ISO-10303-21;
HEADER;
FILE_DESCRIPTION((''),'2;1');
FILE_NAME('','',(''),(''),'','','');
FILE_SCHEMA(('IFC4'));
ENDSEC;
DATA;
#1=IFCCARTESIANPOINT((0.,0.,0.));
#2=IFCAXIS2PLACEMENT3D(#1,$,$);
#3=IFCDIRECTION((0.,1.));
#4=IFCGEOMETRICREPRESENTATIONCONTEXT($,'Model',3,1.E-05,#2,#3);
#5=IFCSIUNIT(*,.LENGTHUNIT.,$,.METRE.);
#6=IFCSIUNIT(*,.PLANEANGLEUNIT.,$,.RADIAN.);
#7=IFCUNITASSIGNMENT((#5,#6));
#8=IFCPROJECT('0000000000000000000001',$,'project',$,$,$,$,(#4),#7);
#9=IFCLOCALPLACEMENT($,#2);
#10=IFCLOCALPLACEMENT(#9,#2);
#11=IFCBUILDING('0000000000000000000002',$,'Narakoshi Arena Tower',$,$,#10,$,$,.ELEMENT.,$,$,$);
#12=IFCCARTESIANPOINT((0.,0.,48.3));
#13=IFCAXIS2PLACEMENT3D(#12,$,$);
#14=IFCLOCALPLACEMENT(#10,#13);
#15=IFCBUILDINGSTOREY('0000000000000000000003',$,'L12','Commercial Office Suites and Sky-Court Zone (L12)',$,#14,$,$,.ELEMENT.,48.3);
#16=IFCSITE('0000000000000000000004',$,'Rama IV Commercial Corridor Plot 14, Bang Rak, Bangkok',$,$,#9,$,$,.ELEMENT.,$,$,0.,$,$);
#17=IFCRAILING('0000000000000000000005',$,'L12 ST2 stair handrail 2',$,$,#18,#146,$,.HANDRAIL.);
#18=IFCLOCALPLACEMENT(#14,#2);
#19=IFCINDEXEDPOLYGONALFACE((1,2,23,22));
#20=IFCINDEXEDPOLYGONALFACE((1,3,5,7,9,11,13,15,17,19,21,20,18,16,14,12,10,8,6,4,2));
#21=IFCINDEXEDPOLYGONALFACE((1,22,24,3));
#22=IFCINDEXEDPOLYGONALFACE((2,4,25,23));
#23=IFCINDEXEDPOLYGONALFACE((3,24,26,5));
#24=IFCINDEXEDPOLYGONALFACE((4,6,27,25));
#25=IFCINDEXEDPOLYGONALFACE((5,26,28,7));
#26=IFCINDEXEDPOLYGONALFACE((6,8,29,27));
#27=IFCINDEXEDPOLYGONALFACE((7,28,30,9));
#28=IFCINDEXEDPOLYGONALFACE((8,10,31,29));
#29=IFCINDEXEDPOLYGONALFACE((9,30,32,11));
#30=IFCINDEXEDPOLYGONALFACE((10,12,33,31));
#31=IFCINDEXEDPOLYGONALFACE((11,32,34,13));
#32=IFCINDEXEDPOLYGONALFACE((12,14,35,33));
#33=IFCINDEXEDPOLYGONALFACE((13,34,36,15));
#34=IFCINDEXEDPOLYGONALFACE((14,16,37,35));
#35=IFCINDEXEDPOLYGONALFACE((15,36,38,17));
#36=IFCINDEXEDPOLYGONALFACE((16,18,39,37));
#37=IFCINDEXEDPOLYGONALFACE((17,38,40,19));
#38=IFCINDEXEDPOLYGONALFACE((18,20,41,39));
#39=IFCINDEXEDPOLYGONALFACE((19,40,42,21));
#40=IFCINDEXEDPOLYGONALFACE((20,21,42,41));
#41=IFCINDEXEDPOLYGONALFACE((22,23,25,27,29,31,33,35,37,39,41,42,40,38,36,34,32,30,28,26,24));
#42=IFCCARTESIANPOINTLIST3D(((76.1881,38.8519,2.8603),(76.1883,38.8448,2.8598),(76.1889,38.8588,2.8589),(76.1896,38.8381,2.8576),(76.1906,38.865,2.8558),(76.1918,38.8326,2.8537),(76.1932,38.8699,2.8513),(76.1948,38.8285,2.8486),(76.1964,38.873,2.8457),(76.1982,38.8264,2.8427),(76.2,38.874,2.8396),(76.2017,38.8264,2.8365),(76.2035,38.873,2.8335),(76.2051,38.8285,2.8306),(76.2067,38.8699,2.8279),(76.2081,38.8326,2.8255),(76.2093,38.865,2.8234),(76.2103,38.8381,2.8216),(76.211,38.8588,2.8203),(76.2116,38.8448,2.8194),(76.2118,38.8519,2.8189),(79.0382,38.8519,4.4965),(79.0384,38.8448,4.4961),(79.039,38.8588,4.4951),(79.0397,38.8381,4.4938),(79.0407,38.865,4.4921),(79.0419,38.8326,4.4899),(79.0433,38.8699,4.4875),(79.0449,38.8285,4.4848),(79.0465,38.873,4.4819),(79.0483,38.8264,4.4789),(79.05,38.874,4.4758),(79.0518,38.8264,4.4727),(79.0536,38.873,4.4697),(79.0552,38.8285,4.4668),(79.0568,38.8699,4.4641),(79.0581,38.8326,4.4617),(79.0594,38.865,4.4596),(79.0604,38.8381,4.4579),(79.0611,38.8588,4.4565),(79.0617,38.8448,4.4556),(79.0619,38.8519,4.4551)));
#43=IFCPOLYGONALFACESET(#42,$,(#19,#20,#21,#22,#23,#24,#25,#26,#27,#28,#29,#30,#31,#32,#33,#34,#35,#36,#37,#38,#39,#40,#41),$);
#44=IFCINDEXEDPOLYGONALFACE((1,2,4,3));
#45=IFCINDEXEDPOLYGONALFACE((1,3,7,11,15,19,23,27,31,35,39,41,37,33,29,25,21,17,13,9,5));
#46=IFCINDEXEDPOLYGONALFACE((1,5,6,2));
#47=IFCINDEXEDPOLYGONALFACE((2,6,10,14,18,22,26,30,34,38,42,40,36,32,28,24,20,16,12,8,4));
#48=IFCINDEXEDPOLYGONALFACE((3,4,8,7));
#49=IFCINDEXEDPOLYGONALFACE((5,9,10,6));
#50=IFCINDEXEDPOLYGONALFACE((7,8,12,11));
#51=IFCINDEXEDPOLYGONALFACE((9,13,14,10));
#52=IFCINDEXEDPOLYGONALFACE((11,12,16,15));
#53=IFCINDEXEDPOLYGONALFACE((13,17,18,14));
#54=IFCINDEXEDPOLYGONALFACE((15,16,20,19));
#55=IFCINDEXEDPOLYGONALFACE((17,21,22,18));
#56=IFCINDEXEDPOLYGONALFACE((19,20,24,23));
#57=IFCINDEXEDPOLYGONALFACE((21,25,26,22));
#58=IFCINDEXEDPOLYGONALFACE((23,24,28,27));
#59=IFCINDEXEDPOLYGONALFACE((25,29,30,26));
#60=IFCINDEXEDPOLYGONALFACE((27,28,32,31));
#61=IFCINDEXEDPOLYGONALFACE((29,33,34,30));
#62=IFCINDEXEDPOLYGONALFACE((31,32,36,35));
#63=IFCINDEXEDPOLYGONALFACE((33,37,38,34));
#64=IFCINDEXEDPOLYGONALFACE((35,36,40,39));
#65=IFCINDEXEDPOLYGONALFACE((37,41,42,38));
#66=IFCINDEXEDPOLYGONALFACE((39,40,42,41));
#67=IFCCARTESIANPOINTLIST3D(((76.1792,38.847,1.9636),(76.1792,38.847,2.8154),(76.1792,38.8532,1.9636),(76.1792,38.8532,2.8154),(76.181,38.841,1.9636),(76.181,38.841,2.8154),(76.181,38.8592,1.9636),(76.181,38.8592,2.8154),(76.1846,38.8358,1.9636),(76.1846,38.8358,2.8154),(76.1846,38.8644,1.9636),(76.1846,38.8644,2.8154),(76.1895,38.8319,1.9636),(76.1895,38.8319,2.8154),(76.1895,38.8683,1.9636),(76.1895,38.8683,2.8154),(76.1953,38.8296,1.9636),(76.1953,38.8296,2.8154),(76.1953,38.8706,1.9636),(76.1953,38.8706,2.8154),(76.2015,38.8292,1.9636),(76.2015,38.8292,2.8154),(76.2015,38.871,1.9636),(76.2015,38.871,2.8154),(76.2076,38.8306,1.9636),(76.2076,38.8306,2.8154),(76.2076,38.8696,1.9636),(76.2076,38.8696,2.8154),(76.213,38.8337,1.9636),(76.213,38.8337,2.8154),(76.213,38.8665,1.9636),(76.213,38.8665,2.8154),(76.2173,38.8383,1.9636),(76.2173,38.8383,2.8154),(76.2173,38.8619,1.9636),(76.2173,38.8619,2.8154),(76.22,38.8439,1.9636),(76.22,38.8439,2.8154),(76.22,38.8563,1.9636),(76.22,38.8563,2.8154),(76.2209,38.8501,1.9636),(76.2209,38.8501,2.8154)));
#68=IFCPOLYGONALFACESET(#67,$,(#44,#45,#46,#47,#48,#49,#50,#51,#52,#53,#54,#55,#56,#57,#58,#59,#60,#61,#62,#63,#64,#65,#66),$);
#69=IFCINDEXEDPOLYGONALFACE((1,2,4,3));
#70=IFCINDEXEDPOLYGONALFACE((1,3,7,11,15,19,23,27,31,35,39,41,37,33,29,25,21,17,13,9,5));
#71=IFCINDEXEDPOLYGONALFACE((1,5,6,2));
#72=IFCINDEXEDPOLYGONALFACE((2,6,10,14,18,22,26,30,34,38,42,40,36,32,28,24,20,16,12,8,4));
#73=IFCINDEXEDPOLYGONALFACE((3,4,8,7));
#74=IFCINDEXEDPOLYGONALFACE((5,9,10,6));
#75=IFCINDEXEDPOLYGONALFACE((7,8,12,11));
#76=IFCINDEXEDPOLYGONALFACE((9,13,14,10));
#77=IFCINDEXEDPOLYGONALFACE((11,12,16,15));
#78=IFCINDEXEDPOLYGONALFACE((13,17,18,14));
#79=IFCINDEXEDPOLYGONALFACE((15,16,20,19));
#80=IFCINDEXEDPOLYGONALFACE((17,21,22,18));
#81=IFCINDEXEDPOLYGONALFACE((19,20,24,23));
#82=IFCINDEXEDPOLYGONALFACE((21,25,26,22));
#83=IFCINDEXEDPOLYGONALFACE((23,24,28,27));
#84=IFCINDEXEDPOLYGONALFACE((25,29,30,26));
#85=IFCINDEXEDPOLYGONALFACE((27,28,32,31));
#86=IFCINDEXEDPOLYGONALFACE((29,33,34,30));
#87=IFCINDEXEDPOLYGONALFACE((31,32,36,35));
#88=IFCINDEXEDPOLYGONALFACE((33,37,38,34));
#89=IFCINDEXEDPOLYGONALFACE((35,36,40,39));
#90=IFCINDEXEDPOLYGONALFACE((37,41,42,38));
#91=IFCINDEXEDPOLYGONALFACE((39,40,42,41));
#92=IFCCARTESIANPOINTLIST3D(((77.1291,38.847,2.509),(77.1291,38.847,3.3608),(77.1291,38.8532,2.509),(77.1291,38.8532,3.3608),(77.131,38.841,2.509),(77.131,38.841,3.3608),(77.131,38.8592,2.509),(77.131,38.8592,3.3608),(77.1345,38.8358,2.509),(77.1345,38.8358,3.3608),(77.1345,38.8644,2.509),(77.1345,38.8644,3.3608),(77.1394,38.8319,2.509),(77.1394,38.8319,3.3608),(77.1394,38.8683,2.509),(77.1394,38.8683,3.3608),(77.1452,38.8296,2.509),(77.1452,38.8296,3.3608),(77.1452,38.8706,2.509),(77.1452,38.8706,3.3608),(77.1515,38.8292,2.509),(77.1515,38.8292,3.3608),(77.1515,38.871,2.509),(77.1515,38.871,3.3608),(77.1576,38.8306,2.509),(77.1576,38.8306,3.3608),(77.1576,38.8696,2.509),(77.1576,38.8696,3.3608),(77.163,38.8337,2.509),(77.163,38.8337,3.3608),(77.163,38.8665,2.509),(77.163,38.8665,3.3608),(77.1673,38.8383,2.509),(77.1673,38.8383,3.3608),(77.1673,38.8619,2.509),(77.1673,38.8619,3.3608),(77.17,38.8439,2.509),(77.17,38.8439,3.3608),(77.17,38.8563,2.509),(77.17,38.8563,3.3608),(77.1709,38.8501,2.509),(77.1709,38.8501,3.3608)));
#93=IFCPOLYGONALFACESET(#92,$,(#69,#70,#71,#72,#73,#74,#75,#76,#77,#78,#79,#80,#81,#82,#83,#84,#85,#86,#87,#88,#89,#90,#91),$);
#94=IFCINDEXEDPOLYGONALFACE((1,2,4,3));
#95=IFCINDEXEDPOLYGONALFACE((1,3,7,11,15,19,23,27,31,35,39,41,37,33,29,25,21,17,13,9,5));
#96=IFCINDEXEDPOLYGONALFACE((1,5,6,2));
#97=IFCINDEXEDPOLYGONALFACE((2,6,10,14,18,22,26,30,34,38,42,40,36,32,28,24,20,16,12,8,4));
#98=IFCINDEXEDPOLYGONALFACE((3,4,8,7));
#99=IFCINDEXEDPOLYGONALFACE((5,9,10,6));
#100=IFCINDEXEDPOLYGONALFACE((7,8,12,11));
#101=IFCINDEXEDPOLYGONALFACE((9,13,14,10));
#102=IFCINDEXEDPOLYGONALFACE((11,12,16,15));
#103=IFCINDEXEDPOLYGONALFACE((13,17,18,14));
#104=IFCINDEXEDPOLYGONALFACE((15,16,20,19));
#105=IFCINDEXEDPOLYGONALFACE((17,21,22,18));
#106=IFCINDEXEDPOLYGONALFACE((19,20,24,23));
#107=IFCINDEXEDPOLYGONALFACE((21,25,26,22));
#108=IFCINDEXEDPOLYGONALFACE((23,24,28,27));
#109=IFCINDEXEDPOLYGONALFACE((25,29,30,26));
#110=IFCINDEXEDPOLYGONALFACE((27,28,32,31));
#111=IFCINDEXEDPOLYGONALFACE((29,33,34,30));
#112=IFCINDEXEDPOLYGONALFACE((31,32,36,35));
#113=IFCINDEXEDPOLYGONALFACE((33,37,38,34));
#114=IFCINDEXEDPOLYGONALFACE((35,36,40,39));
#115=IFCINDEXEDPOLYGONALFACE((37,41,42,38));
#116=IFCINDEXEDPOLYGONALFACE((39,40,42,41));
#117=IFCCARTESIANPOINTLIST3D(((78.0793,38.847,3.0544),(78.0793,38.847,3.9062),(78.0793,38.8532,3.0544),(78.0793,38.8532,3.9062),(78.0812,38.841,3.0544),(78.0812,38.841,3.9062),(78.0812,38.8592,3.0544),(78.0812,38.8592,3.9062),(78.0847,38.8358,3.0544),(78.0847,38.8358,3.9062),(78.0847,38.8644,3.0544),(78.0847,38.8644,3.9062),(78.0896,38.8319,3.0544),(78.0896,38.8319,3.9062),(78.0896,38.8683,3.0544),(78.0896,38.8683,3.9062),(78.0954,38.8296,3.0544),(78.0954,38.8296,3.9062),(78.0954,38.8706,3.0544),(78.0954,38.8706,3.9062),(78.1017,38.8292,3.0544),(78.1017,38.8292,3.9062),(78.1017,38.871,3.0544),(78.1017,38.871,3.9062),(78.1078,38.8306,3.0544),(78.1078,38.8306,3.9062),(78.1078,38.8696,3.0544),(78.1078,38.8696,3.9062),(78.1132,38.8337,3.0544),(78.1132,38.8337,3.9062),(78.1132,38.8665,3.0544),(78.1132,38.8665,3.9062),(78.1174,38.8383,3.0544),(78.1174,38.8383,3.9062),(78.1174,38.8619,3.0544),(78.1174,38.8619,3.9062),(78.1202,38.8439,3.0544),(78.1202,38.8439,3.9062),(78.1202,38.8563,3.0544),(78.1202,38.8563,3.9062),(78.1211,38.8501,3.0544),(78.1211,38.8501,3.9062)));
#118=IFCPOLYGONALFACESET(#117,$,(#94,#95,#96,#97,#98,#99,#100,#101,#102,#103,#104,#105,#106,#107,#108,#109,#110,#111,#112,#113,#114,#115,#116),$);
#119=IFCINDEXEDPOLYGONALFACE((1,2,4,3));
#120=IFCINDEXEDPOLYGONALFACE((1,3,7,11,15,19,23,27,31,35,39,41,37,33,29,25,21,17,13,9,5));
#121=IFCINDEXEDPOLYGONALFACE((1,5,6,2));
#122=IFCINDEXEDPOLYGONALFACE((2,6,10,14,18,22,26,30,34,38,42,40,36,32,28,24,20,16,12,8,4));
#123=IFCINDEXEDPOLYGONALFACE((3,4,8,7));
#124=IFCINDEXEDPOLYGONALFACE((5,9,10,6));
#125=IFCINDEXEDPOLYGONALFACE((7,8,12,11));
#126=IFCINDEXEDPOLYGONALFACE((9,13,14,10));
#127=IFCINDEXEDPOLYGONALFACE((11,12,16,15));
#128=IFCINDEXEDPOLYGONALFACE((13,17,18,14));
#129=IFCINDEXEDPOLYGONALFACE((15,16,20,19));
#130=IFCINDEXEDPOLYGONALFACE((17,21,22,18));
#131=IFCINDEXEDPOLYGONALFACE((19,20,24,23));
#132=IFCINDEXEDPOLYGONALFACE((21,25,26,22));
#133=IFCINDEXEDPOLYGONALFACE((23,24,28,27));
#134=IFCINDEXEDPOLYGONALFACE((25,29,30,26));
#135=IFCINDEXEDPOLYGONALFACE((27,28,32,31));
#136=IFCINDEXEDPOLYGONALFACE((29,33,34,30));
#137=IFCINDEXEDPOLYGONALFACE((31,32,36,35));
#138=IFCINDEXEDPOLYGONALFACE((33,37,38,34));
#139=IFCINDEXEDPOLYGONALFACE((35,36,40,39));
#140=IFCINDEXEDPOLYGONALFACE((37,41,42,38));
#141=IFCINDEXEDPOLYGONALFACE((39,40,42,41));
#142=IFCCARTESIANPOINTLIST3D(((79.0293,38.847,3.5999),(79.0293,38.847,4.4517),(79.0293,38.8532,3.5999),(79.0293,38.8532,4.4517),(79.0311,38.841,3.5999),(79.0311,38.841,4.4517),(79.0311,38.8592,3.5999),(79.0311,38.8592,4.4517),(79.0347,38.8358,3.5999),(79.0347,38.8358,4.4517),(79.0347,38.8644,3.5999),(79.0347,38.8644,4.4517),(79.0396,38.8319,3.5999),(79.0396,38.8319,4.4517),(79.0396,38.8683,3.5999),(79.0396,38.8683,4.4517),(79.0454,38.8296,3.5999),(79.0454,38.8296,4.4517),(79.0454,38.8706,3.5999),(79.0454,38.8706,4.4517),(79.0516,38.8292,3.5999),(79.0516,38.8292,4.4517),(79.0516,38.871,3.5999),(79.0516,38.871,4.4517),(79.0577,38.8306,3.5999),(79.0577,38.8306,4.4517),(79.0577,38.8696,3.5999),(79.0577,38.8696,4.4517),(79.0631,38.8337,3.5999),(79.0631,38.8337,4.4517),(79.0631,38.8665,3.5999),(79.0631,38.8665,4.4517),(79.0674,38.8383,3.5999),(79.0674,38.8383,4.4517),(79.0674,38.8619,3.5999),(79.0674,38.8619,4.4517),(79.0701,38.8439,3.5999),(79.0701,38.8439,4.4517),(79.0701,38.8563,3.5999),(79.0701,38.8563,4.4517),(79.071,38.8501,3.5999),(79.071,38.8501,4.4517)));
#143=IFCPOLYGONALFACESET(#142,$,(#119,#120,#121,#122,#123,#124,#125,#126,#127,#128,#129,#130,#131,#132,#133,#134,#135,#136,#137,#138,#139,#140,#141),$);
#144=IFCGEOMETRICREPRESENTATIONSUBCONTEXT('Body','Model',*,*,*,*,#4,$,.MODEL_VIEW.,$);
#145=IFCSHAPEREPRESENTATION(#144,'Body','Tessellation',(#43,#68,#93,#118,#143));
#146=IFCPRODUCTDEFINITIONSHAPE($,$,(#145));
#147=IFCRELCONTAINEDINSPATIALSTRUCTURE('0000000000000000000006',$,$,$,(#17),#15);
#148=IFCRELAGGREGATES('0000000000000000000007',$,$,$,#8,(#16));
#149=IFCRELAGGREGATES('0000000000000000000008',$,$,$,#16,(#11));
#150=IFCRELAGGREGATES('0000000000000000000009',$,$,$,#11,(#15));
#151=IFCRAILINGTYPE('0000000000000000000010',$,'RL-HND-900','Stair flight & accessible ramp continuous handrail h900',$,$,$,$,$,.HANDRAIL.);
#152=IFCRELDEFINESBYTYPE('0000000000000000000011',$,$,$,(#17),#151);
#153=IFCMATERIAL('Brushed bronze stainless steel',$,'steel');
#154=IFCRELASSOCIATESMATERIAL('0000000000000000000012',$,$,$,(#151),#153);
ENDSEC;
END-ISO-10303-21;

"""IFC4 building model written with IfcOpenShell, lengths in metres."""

from ifc_helpers import new_model, si_unit, direction, frame, origin, origin_2d, place, context, subcontext, project, spatial, circle, extrude, material, type_object, element, save


model = new_model("IFC4")

# Units and contexts
model_context = context("Model", 3, precision=1e-05, world=origin(), true_north=direction((0.0, 1.0)))
body_context = subcontext(model_context, "Body", "Model", "MODEL_VIEW")
ifc_project = project(units=[si_unit("LENGTHUNIT", "METRE"), si_unit("PLANEANGLEUNIT", "RADIAN")], contexts=[model_context])

# Site, building, storey
site_placement = place(None, origin())
site = spatial("IfcSite", under=ifc_project, at=site_placement, Name="Rama IV Commercial Corridor Plot 14, Bang Rak, Bangkok", CompositionType="ELEMENT", RefElevation=0.0)
building_placement = place(site_placement, origin())
building = spatial("IfcBuilding", under=site, at=building_placement, Name="Narakoshi Arena Tower", CompositionType="ELEMENT")
storey_placement = place(building_placement, frame((0.0, 0.0, 48.3)))
storey = spatial("IfcBuildingStorey", under=building, at=storey_placement, Name="L12", Description="Commercial Office Suites and Sky-Court Zone (L12)", CompositionType="ELEMENT", Elevation=48.3)

# Shared definitions
ifc_material_1 = material(Name="Brushed bronze stainless steel", Category="steel")

# Railing
railing_type_1 = type_object("IfcRailingType", Name="RL-HND-900", Description="Stair flight & accessible ramp continuous handrail h900", PredefinedType="HANDRAIL", material=ifc_material_1)
railing_1_placement = place(storey_placement, frame((76.2, 38.8501, 1.9636)))
element("IfcRailing", 1, at=railing_1_placement, inside=storey, type_object=railing_type_1, Name="L12 ST2 stair handrail 2", PredefinedType="HANDRAIL", context=body_context, shape_type="SweptSolid", body=[
    extrude(circle(Radius=0.0239, at=origin_2d()), frame((0.0, 0.0, 0.876), z_axis=(0.867245, 0.0, 0.497882), x_axis=(0.0, 1.0, 0.0)), (0.0, 0.0, 1.0), 3.2864),
    extrude(circle(Radius=0.021, at=origin_2d()), origin(), (0.0, 0.0, 1.0), 0.8518),
    extrude(circle(Radius=0.021, at=origin_2d()), frame((0.95, 0.0, 0.5454)), (0.0, 0.0, 1.0), 0.8518),
    extrude(circle(Radius=0.021, at=origin_2d()), frame((1.9001, 0.0, 1.0908)), (0.0, 0.0, 1.0), 0.8518),
    extrude(circle(Radius=0.021, at=origin_2d()), frame((2.8501, 0.0, 1.6362)), (0.0, 0.0, 1.0), 0.8518),
])

save(model, "model.ifc")
